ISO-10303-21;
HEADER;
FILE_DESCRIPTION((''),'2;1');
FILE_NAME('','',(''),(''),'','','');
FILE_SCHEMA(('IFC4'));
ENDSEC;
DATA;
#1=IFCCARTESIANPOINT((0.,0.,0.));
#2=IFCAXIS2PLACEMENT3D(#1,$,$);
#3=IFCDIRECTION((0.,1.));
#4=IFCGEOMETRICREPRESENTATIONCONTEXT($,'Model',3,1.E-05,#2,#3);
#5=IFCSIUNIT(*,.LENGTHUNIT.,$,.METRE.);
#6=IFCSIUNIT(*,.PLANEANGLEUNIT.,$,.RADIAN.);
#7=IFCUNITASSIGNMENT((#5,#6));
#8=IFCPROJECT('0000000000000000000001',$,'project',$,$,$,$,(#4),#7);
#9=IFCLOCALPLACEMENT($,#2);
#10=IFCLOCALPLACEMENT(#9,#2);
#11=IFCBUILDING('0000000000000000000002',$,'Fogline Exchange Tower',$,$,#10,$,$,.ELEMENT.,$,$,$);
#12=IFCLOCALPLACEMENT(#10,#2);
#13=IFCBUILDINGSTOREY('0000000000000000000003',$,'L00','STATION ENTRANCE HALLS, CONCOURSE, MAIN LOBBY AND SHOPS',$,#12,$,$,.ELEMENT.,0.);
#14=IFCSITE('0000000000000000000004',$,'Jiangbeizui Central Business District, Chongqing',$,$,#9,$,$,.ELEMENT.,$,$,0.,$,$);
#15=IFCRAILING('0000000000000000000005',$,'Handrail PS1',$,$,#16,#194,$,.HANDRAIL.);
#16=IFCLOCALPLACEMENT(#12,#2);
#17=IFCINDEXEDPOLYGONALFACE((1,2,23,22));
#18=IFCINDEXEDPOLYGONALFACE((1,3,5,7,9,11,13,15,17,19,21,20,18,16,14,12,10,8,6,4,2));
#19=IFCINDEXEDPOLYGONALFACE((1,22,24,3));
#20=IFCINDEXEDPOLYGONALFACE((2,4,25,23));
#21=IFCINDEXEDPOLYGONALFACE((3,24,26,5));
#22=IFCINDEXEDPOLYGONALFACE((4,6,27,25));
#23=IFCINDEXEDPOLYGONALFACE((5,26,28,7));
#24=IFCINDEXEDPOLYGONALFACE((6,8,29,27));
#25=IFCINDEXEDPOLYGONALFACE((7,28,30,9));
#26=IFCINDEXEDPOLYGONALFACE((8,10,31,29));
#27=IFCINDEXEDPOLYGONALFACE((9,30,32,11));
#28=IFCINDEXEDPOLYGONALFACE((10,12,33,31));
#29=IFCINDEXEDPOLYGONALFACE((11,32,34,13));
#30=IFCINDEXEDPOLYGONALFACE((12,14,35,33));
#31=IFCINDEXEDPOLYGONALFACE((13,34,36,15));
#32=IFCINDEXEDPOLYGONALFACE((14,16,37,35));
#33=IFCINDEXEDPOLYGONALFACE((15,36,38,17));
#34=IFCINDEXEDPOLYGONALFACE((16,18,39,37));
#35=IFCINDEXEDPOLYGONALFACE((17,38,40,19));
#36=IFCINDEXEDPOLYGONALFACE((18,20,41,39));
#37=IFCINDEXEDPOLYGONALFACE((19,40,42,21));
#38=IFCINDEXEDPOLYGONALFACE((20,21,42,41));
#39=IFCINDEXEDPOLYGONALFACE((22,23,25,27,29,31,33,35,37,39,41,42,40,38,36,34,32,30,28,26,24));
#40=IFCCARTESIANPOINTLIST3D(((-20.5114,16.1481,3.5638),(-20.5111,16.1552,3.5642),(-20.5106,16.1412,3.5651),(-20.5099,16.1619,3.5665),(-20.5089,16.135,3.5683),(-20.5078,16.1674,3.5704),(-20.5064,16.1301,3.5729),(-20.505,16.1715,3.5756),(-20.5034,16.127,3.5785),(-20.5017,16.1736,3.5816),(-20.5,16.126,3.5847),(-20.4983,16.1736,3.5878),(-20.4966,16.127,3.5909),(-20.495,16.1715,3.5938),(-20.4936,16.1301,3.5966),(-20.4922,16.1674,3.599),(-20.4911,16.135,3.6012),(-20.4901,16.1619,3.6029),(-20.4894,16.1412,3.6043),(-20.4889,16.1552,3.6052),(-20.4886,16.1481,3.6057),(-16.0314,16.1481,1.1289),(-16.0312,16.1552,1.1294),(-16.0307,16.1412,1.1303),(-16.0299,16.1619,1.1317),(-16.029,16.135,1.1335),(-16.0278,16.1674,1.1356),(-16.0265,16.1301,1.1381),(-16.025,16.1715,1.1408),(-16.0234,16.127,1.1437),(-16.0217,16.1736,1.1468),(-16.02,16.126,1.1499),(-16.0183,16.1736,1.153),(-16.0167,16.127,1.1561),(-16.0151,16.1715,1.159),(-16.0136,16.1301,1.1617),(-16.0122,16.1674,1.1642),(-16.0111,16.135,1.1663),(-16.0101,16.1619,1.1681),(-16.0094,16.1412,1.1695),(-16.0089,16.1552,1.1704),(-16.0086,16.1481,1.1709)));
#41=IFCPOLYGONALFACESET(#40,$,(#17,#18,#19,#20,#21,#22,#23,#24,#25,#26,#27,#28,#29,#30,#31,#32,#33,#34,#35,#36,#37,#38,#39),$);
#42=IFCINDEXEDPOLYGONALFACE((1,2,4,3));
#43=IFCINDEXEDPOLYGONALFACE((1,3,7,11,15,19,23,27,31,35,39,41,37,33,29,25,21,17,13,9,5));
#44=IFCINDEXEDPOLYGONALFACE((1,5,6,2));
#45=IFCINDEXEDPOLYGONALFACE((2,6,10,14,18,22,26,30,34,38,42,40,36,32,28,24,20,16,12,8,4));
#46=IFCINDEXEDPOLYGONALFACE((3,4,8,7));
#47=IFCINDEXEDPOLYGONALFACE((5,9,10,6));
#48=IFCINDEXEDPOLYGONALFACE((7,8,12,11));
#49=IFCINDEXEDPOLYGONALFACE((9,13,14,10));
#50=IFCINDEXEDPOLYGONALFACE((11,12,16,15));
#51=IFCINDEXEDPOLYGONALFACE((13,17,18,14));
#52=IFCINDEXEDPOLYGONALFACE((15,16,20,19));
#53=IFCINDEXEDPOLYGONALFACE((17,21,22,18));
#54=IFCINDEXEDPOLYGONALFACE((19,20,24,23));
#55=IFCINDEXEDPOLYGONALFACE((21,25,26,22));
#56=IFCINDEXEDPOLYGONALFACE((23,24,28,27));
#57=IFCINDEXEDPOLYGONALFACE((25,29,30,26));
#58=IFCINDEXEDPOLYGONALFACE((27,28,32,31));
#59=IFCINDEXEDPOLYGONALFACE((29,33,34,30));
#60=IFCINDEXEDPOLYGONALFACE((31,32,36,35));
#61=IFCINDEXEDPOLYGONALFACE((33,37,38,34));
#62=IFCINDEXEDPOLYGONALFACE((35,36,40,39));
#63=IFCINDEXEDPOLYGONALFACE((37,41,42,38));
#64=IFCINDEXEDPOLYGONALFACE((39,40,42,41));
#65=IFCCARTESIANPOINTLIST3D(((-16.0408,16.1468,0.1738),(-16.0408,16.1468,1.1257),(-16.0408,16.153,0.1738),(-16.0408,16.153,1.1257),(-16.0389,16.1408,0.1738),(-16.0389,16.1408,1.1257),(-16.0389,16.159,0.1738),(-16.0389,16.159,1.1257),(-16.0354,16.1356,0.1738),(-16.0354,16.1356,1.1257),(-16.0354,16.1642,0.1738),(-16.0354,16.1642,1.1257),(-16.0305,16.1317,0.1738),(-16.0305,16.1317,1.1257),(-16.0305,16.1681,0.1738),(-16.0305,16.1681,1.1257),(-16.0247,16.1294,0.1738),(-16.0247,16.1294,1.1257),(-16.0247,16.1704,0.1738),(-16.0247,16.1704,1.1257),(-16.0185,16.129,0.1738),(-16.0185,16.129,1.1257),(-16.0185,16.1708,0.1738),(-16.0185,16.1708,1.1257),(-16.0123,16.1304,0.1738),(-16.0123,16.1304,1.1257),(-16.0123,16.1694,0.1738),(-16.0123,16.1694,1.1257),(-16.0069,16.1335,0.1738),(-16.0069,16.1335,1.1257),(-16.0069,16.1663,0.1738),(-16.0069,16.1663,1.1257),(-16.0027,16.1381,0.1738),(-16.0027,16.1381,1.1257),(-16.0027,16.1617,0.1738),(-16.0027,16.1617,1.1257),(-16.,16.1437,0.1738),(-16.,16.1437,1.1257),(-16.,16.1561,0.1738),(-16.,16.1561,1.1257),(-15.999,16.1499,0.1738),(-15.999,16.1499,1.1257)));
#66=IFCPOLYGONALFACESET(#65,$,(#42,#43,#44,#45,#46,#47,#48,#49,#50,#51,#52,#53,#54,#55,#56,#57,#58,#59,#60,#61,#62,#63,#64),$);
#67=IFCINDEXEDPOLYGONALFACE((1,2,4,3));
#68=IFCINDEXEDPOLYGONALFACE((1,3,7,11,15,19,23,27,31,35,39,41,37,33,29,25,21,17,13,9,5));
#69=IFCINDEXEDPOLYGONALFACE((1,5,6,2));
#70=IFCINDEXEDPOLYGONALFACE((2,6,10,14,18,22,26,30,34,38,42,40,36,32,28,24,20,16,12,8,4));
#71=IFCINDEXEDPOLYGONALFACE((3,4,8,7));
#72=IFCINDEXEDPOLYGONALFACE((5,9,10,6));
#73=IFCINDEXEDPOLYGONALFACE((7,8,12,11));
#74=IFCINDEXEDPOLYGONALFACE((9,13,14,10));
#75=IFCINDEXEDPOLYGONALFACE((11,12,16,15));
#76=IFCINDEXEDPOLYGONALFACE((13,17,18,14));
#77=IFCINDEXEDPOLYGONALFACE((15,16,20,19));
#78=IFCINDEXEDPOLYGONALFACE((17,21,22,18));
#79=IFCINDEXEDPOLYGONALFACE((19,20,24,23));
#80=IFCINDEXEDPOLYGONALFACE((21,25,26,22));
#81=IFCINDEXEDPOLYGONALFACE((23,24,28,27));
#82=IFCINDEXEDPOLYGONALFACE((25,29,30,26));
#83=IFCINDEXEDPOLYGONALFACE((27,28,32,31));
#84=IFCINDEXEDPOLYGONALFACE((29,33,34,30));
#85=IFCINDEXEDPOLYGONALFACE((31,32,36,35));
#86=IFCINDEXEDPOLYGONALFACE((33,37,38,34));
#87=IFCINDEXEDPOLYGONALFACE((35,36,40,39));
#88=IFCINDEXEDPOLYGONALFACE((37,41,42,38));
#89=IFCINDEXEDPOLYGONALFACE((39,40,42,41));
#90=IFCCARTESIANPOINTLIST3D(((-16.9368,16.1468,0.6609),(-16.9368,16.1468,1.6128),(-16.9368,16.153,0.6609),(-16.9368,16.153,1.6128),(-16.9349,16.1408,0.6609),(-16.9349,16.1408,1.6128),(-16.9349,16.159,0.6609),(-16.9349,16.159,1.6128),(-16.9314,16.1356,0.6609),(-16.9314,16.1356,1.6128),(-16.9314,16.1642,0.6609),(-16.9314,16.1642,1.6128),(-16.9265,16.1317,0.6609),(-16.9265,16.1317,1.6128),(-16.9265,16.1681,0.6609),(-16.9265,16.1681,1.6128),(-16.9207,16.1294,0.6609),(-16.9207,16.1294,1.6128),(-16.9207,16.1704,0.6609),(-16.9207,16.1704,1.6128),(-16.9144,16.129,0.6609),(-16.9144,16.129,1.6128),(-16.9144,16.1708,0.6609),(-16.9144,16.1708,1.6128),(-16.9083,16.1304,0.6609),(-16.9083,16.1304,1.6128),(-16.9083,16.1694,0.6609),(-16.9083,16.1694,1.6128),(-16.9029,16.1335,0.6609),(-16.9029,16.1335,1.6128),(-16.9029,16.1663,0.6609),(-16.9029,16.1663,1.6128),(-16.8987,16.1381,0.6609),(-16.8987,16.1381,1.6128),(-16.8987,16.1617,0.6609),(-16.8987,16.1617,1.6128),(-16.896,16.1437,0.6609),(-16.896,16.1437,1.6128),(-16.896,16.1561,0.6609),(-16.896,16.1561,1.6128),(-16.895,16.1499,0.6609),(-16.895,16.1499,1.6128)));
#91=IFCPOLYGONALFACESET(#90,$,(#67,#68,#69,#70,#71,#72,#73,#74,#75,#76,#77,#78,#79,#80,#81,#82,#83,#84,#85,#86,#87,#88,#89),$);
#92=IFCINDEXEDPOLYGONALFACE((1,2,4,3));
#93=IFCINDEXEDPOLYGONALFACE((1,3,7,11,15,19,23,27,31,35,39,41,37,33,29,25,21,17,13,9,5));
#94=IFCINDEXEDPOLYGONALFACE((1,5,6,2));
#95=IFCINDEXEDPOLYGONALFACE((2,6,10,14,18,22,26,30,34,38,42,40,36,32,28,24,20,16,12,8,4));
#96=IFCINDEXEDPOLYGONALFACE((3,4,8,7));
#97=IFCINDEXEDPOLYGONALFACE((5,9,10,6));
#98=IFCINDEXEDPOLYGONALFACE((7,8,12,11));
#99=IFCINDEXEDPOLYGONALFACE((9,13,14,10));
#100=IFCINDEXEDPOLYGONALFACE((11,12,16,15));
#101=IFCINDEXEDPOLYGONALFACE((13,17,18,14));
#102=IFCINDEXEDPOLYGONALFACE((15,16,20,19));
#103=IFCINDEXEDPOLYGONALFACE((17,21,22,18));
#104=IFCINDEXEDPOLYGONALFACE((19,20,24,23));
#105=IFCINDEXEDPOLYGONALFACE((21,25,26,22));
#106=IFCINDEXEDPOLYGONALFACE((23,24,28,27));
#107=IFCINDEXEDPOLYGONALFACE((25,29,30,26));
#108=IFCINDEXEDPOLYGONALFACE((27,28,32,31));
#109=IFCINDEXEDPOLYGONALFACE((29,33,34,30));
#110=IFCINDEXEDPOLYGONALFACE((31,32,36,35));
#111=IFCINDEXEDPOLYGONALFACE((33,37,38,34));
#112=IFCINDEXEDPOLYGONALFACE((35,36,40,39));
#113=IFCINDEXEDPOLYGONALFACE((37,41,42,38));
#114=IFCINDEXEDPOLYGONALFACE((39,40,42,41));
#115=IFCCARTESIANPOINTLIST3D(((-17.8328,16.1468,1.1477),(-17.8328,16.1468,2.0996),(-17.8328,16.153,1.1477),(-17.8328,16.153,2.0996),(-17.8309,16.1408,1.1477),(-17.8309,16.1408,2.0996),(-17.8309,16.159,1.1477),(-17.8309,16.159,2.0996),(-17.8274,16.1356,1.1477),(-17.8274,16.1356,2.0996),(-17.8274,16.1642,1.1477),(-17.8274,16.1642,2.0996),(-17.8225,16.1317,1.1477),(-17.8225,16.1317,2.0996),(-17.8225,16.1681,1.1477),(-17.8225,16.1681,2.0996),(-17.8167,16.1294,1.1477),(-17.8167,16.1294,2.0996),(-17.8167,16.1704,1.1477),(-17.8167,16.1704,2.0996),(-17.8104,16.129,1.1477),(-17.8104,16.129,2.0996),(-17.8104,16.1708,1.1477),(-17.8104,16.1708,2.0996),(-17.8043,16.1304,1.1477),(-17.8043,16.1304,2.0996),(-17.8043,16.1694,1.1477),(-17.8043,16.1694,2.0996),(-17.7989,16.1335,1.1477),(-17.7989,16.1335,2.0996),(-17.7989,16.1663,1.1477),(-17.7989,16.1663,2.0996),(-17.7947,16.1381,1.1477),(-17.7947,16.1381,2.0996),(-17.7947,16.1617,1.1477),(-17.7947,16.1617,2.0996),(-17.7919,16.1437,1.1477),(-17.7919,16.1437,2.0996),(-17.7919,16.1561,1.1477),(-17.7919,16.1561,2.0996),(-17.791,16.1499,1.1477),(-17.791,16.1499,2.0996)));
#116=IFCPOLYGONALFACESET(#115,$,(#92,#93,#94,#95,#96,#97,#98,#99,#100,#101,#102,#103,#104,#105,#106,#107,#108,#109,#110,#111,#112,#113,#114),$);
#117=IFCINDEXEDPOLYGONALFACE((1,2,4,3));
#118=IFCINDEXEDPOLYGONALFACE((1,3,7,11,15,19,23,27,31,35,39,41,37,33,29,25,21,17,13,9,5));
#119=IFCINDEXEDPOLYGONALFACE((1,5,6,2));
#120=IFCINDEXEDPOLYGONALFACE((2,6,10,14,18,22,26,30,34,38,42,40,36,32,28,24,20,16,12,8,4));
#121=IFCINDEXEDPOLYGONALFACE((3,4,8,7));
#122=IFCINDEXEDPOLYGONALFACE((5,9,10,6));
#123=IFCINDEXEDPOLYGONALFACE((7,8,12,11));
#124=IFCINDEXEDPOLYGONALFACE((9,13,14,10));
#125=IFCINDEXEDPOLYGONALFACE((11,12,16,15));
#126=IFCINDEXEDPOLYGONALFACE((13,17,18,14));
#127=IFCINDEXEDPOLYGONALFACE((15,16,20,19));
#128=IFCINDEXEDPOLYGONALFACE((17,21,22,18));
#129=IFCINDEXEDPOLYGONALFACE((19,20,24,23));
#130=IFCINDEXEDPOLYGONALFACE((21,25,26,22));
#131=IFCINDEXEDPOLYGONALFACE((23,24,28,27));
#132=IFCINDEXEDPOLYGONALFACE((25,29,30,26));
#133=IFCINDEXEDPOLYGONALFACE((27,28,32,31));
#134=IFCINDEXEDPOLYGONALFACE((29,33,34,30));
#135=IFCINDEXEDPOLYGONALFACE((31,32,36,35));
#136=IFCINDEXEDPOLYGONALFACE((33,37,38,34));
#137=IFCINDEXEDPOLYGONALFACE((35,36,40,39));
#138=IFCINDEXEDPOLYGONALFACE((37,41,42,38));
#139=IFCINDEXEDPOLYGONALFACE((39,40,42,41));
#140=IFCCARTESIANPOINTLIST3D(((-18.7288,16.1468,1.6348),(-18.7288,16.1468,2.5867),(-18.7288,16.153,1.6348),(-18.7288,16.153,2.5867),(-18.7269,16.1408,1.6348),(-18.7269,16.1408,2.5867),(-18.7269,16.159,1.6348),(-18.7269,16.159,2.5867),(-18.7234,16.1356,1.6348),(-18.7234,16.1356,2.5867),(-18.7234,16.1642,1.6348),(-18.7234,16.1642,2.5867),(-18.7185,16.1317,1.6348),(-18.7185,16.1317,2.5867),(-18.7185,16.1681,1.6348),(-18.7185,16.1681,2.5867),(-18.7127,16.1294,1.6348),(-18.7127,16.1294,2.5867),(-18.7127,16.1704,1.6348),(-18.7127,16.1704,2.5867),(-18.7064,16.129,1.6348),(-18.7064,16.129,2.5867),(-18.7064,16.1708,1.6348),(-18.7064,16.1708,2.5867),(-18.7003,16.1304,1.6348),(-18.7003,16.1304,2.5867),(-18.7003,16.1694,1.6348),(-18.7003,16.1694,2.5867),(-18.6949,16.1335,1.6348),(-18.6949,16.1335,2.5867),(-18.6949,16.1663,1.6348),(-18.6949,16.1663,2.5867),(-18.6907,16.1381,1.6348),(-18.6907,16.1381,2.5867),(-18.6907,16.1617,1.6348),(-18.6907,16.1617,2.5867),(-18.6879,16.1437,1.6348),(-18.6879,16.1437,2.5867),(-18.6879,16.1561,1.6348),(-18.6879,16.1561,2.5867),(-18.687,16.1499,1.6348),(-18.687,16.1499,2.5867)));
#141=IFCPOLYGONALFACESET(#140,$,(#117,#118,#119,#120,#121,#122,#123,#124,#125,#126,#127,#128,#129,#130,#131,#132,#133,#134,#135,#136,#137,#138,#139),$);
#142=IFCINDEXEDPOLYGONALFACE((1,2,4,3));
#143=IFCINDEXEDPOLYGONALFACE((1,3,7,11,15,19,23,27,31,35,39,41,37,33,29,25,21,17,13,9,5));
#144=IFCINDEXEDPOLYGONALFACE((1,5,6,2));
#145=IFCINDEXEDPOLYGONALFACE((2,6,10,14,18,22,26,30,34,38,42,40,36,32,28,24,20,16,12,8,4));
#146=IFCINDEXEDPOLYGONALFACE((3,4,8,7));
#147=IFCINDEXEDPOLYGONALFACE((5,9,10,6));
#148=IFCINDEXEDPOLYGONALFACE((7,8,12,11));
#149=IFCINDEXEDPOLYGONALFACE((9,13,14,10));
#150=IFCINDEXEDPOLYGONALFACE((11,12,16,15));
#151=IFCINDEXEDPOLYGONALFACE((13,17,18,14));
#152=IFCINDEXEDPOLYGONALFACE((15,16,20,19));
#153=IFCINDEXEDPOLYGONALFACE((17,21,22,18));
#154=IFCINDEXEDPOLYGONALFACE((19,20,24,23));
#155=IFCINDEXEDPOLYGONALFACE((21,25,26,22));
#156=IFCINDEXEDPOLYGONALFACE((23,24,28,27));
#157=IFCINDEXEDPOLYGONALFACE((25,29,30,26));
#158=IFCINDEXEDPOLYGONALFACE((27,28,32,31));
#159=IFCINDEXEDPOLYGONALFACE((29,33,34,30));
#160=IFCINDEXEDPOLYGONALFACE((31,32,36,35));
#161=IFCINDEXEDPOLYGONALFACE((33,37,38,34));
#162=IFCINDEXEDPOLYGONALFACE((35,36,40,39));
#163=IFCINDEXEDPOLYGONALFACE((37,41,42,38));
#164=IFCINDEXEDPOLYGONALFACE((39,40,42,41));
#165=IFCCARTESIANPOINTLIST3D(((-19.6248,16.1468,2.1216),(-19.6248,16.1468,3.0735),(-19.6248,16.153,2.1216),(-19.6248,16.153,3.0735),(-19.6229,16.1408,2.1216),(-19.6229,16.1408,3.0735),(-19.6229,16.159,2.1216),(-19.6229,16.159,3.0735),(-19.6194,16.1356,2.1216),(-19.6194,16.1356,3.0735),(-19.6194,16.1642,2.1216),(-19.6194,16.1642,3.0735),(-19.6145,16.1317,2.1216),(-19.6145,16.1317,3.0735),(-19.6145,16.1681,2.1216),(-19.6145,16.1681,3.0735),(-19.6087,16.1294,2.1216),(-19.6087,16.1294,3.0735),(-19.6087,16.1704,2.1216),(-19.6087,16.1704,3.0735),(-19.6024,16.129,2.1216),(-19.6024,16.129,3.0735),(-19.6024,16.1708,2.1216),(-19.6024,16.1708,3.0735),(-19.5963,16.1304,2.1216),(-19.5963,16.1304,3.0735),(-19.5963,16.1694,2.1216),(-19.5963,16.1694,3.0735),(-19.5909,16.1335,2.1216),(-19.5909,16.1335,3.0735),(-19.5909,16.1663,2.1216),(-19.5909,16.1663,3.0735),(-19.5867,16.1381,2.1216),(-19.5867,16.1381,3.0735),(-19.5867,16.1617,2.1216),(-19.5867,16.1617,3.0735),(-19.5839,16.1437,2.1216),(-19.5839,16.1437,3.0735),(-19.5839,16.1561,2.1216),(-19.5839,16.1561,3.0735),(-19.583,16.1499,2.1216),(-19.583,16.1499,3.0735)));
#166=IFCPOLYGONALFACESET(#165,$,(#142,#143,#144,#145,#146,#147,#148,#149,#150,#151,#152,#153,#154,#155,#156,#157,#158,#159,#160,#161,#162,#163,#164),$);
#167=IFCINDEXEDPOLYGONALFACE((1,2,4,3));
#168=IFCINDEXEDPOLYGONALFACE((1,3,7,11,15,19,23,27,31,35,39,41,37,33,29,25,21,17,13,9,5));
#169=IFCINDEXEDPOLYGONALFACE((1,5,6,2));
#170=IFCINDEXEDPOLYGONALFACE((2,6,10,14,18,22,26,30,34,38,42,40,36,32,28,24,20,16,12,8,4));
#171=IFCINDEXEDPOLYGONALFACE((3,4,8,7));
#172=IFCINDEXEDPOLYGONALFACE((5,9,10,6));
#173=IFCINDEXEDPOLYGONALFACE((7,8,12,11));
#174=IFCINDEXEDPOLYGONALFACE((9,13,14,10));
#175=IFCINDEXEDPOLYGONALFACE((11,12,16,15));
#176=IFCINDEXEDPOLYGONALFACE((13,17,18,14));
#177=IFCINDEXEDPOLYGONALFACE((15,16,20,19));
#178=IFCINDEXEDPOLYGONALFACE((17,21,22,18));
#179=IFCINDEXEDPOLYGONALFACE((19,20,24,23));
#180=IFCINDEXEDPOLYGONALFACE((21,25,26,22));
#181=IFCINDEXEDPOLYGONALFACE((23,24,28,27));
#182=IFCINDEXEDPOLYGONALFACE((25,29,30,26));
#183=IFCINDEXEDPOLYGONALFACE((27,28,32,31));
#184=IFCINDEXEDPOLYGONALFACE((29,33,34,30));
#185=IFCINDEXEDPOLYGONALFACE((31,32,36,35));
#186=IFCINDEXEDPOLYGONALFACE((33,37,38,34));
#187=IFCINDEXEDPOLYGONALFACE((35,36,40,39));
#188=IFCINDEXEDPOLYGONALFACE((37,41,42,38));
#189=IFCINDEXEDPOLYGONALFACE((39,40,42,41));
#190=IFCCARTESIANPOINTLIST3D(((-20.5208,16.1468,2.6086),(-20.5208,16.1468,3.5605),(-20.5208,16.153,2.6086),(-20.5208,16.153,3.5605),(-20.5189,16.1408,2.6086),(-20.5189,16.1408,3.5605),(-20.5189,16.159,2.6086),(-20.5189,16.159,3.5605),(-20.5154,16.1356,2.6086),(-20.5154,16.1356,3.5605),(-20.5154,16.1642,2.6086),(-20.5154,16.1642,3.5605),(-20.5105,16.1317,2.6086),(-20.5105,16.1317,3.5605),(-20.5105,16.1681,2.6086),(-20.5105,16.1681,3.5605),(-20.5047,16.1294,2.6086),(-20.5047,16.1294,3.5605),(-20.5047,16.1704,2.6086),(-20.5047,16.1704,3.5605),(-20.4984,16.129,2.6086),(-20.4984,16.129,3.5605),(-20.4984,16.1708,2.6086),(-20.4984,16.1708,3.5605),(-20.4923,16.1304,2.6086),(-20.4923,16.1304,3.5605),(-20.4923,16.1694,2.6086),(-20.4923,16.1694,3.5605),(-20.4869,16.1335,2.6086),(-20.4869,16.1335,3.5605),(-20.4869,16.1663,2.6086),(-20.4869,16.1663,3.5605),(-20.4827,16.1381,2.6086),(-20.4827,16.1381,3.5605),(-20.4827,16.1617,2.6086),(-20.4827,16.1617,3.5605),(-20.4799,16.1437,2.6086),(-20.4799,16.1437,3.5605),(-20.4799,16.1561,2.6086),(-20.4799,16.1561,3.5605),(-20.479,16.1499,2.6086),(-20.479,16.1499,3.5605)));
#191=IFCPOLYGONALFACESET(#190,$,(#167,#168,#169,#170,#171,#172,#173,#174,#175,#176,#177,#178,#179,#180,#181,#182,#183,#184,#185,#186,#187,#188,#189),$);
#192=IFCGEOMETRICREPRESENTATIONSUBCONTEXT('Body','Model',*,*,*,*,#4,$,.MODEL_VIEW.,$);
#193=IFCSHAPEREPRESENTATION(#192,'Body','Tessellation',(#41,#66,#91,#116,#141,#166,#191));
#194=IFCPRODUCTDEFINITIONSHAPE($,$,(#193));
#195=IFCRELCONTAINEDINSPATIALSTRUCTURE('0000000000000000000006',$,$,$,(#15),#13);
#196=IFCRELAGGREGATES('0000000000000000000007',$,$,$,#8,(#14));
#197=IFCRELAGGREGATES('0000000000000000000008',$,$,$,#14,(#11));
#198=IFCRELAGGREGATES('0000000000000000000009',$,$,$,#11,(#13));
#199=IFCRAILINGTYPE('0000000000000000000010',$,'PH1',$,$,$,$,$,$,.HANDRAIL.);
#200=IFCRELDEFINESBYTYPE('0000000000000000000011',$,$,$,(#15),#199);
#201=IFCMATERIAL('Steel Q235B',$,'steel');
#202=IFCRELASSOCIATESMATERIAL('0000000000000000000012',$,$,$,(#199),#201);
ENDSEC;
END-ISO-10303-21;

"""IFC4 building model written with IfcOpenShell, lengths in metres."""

from ifc_helpers import new_model, si_unit, direction, frame, origin, origin_2d, place, context, subcontext, project, spatial, circle, extrude, material, type_object, element, save


model = new_model("IFC4")

# Units and contexts
model_context = context("Model", 3, precision=1e-05, world=origin(), true_north=direction((0.0, 1.0)))
body_context = subcontext(model_context, "Body", "Model", "MODEL_VIEW")
ifc_project = project(units=[si_unit("LENGTHUNIT", "METRE"), si_unit("PLANEANGLEUNIT", "RADIAN")], contexts=[model_context])

# Site, building, storey
site_placement = place(None, origin())
site = spatial("IfcSite", under=ifc_project, at=site_placement, Name="Jiangbeizui Central Business District, Chongqing", CompositionType="ELEMENT", RefElevation=0.0)
building_placement = place(site_placement, origin())
building = spatial("IfcBuilding", under=site, at=building_placement, Name="Fogline Exchange Tower", CompositionType="ELEMENT")
storey_placement = place(building_placement, origin())
storey = spatial("IfcBuildingStorey", under=building, at=storey_placement, Name="L00", Description="STATION ENTRANCE HALLS, CONCOURSE, MAIN LOBBY AND SHOPS", CompositionType="ELEMENT", Elevation=0.0)

# Shared definitions
ifc_material_1 = material(Name="Steel Q235B", Category="steel")

# Railing
railing_type_1 = type_object("IfcRailingType", Name="PH1", PredefinedType="HANDRAIL", material=ifc_material_1)
railing_1_placement = place(storey_placement, frame((-16.02, 16.1499, 0.1738)))
element("IfcRailing", 1, at=railing_1_placement, inside=storey, type_object=railing_type_1, Name="Handrail PS1", PredefinedType="HANDRAIL", context=body_context, shape_type="SweptSolid", body=[
    extrude(circle(Radius=0.0239, at=origin_2d()), frame((0.0, 0.0, 0.9761), z_axis=(-0.878621, 0.0, 0.47752), x_axis=(0.0, -1.0, 0.0)), (0.0, 0.0, 1.0), 5.0989),
    extrude(circle(Radius=0.021, at=origin_2d()), origin(), (0.0, 0.0, 1.0), 0.9519),
    extrude(circle(Radius=0.021, at=origin_2d()), frame((-0.896, 0.0, 0.4871)), (0.0, 0.0, 1.0), 0.9519),
    extrude(circle(Radius=0.021, at=origin_2d()), frame((-1.792, 0.0, 0.9739)), (0.0, 0.0, 1.0), 0.9519),
    extrude(circle(Radius=0.021, at=origin_2d()), frame((-2.688, 0.0, 1.4609)), (0.0, 0.0, 1.0), 0.9519),
    extrude(circle(Radius=0.021, at=origin_2d()), frame((-3.584, 0.0, 1.9478)), (0.0, 0.0, 1.0), 0.9519),
    extrude(circle(Radius=0.021, at=origin_2d()), frame((-4.48, 0.0, 2.4348)), (0.0, 0.0, 1.0), 0.9519),
])

save(model, "model.ifc")
